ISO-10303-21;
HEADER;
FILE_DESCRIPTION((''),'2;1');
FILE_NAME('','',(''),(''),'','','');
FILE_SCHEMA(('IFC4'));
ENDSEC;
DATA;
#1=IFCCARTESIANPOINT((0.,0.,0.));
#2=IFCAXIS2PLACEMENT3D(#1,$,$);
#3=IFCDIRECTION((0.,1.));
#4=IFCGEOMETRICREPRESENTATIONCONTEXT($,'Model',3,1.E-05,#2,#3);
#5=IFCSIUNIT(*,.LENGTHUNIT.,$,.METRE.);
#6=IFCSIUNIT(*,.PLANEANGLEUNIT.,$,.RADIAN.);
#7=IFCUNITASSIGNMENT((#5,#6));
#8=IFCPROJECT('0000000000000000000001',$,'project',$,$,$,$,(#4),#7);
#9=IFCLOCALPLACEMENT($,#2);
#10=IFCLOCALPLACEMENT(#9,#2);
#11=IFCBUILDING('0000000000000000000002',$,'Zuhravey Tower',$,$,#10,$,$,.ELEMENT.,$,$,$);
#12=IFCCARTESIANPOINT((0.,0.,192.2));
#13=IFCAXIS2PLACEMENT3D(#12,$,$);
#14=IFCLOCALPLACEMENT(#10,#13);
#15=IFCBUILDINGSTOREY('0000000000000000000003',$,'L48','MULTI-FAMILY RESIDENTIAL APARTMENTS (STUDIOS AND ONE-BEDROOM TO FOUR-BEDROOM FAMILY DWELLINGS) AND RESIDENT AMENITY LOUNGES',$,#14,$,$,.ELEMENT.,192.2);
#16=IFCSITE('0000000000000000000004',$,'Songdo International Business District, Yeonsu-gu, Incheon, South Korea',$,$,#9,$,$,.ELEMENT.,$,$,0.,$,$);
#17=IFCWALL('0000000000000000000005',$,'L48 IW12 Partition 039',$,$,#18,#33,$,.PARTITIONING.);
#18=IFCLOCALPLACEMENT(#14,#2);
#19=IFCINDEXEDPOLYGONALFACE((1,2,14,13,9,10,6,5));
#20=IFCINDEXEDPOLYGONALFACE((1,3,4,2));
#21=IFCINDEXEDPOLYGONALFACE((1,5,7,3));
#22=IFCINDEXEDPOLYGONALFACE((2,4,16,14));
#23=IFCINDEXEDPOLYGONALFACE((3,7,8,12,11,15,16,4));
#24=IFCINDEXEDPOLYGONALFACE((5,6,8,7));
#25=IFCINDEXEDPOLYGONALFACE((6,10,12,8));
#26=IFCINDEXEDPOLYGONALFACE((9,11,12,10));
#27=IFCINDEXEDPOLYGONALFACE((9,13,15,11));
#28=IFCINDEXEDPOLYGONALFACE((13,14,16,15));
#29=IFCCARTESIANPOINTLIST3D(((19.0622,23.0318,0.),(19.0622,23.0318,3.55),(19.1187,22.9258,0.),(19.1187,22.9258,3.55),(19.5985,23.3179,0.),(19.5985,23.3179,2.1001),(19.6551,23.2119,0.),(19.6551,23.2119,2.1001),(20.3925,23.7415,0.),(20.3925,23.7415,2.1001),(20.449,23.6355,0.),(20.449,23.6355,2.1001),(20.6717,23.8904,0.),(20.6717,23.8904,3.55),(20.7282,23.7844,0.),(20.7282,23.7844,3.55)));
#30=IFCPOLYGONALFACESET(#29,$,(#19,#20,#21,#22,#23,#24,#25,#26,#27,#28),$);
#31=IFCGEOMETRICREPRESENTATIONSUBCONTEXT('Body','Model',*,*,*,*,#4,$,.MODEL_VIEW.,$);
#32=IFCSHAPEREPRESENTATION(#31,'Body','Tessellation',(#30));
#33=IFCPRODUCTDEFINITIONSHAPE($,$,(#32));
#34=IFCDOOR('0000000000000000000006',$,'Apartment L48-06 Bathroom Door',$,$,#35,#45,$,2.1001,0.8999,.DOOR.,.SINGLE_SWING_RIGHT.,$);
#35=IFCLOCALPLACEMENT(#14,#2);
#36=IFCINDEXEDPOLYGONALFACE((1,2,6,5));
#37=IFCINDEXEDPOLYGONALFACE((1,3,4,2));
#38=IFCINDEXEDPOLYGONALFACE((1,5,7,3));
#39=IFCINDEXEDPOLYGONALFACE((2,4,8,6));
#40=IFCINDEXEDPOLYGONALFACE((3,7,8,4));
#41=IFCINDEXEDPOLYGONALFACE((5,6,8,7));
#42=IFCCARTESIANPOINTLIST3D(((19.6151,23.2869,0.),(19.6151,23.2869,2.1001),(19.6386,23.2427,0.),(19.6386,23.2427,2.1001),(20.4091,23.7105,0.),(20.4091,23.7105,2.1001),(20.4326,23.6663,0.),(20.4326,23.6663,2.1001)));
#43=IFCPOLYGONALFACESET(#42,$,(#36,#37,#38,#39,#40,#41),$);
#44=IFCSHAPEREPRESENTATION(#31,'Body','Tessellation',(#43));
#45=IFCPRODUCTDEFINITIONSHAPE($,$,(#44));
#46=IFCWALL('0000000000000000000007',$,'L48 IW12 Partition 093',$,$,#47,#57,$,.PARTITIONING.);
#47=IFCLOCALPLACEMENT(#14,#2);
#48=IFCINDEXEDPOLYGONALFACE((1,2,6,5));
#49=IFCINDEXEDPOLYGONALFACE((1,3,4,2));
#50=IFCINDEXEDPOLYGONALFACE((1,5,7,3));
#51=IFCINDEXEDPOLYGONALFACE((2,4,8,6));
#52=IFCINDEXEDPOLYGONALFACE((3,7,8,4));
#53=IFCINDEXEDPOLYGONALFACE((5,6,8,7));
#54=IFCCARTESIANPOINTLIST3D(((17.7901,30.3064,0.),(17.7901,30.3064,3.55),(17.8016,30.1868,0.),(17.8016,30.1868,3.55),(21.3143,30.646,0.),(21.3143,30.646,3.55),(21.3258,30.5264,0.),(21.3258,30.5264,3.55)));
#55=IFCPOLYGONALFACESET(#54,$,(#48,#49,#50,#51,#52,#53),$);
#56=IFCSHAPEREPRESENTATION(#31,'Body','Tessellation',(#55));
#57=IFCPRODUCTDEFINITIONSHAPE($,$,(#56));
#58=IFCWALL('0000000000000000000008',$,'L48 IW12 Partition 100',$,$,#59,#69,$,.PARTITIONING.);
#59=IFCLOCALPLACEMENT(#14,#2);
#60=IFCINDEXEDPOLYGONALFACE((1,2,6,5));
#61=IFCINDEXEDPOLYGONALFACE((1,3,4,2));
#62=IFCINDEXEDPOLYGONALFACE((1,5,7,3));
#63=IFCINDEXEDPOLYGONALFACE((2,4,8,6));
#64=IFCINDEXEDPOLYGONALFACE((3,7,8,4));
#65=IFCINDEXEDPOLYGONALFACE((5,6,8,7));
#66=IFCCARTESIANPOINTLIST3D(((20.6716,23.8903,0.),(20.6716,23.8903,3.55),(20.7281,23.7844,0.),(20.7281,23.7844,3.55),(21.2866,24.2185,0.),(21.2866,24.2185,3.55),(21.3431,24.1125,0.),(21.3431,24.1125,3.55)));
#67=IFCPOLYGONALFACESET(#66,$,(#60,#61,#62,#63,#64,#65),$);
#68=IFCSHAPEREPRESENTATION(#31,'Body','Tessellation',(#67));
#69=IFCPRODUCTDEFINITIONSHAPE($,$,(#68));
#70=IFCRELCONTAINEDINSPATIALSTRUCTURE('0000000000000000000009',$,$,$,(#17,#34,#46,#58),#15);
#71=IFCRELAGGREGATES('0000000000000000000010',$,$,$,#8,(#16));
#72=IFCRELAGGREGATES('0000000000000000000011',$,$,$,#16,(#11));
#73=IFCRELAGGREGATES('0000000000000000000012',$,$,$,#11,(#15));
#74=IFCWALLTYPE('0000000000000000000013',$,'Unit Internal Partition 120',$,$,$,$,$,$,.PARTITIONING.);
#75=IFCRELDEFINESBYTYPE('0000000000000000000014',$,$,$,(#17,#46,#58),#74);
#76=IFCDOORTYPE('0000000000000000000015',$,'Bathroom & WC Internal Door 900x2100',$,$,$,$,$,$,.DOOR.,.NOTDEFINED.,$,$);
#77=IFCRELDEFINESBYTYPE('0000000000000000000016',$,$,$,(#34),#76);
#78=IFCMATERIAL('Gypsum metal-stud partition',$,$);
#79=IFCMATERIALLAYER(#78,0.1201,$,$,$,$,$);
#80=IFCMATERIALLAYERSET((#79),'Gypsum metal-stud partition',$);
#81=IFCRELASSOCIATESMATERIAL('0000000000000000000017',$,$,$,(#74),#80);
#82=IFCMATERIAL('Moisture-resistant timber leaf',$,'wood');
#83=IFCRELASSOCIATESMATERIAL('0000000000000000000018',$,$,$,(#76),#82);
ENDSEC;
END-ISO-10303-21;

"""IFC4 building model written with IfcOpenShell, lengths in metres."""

from ifc_helpers import new_model, si_unit, direction, frame, frame_2d, origin, place, context, subcontext, project, spatial, rectangle, extrude, material, layer, layer_set, type_object, element, fill, save


model = new_model("IFC4")

# Units and contexts
model_context = context("Model", 3, precision=1e-05, world=origin(), true_north=direction((0.0, 1.0)))
body_context = subcontext(model_context, "Body", "Model", "MODEL_VIEW")
ifc_project = project(units=[si_unit("LENGTHUNIT", "METRE"), si_unit("PLANEANGLEUNIT", "RADIAN")], contexts=[model_context])

# Site, building, storey
site_placement = place(None, origin())
site = spatial("IfcSite", under=ifc_project, at=site_placement, Name="Songdo International Business District, Yeonsu-gu, Incheon, South Korea", CompositionType="ELEMENT", RefElevation=0.0)
building_placement = place(site_placement, origin())
building = spatial("IfcBuilding", under=site, at=building_placement, Name="Zuhravey Tower", CompositionType="ELEMENT")
storey_placement = place(building_placement, frame((0.0, 0.0, 192.2)))
storey = spatial("IfcBuildingStorey", under=building, at=storey_placement, Name="L48", Description="MULTI-FAMILY RESIDENTIAL APARTMENTS (STUDIOS AND ONE-BEDROOM TO FOUR-BEDROOM FAMILY DWELLINGS) AND RESIDENT AMENITY LOUNGES", CompositionType="ELEMENT", Elevation=192.2)

# Wall, opening, door
ifc_material_1 = material(Name="Gypsum metal-stud partition")
ifc_layer_1 = layer(ifc_material_1, 0.1201)
ifc_layer_set_1 = layer_set([ifc_layer_1], Name="Gypsum metal-stud partition")
wall_type_1 = type_object("IfcWallType", Name="Unit Internal Partition 120", PredefinedType="PARTITIONING", material=ifc_layer_set_1)
wall_1_placement = place(storey_placement, frame((20.7, 23.8374, 0.0), z_axis=(0.0, 0.0, 1.0), x_axis=(-0.882312, -0.470665, 0.0)))
wall_1 = element("IfcWall", 1, at=wall_1_placement, inside=storey, type_object=wall_type_1, Name="L48 IW12 Partition 039", PredefinedType="PARTITIONING", context=body_context, shape_type="SweptSolid", body=[
    extrude(rectangle(XDim=1.8242, YDim=0.1201, at=frame_2d((0.9121, 0.0))), origin(), (0.0, 0.0, 1.0), 3.55),
])
opening_1_placement = place(wall_1_placement, frame((0.3164, 0.0, 0.0)))
opening_1 = element("IfcOpeningElement", 2, at=opening_1_placement, cuts=wall_1, PredefinedType="OPENING", context=body_context, shape_type="SweptSolid", body=[
    extrude(rectangle(XDim=0.8999, YDim=2.1001, at=frame_2d((0.45, 1.05))), frame((0.0, 0.072, 0.0), z_axis=(0.0, -1.0, 0.0), x_axis=(1.0, 0.0, 0.0)), (0.0, 0.0, 1.0), 0.144),
])
ifc_material_2 = material(Name="Moisture-resistant timber leaf", Category="wood")
door_type_1 = type_object("IfcDoorType", Name="Bathroom & WC Internal Door 900x2100", OperationType="NOTDEFINED", PredefinedType="DOOR", material=ifc_material_2)
door_1_placement = place(opening_1_placement, frame((0.8999, 0.0, 0.0), z_axis=(0.0, 0.0, 1.0), x_axis=(-1.0, 0.0, 0.0)))
door_1 = element("IfcDoor", 3, at=door_1_placement, inside=storey, type_object=door_type_1, Name="Apartment L48-06 Bathroom Door", OperationType="SINGLE_SWING_RIGHT", OverallHeight=2.1001, OverallWidth=0.8999, PredefinedType="DOOR", context=body_context, shape_type="SweptSolid", body=[
    extrude(rectangle(XDim=0.8999, YDim=2.1001, at=frame_2d((0.45, 1.05))), frame((0.0, 0.0249, 0.0), z_axis=(0.0, -1.0, 0.0), x_axis=(1.0, 0.0, 0.0)), (0.0, 0.0, 1.0), 0.05),
])
fill(opening_1, door_1)

# Walls
wall_2_placement = place(storey_placement, frame((21.3201, 30.5862, 0.0), z_axis=(0.0, 0.0, 1.0), x_axis=(-0.995389, -0.095919, 0.0)))
element("IfcWall", 4, at=wall_2_placement, inside=storey, type_object=wall_type_1, Name="L48 IW12 Partition 093", PredefinedType="PARTITIONING", context=body_context, shape_type="SweptSolid", body=[
    extrude(rectangle(XDim=3.5405, YDim=0.1201, at=frame_2d((1.7703, 0.0))), origin(), (0.0, 0.0, 1.0), 3.55),
])
wall_3_placement = place(storey_placement, frame((21.3149, 24.1655, 0.0), z_axis=(0.0, 0.0, 1.0), x_axis=(-0.882275, -0.470734, 0.0)))
element("IfcWall", 5, at=wall_3_placement, inside=storey, type_object=wall_type_1, Name="L48 IW12 Partition 100", PredefinedType="PARTITIONING", context=body_context, shape_type="SweptSolid", body=[
    extrude(rectangle(XDim=0.697, YDim=0.1201, at=frame_2d((0.3486, 0.0))), origin(), (0.0, 0.0, 1.0), 3.55),
])

save(model, "model.ifc")
